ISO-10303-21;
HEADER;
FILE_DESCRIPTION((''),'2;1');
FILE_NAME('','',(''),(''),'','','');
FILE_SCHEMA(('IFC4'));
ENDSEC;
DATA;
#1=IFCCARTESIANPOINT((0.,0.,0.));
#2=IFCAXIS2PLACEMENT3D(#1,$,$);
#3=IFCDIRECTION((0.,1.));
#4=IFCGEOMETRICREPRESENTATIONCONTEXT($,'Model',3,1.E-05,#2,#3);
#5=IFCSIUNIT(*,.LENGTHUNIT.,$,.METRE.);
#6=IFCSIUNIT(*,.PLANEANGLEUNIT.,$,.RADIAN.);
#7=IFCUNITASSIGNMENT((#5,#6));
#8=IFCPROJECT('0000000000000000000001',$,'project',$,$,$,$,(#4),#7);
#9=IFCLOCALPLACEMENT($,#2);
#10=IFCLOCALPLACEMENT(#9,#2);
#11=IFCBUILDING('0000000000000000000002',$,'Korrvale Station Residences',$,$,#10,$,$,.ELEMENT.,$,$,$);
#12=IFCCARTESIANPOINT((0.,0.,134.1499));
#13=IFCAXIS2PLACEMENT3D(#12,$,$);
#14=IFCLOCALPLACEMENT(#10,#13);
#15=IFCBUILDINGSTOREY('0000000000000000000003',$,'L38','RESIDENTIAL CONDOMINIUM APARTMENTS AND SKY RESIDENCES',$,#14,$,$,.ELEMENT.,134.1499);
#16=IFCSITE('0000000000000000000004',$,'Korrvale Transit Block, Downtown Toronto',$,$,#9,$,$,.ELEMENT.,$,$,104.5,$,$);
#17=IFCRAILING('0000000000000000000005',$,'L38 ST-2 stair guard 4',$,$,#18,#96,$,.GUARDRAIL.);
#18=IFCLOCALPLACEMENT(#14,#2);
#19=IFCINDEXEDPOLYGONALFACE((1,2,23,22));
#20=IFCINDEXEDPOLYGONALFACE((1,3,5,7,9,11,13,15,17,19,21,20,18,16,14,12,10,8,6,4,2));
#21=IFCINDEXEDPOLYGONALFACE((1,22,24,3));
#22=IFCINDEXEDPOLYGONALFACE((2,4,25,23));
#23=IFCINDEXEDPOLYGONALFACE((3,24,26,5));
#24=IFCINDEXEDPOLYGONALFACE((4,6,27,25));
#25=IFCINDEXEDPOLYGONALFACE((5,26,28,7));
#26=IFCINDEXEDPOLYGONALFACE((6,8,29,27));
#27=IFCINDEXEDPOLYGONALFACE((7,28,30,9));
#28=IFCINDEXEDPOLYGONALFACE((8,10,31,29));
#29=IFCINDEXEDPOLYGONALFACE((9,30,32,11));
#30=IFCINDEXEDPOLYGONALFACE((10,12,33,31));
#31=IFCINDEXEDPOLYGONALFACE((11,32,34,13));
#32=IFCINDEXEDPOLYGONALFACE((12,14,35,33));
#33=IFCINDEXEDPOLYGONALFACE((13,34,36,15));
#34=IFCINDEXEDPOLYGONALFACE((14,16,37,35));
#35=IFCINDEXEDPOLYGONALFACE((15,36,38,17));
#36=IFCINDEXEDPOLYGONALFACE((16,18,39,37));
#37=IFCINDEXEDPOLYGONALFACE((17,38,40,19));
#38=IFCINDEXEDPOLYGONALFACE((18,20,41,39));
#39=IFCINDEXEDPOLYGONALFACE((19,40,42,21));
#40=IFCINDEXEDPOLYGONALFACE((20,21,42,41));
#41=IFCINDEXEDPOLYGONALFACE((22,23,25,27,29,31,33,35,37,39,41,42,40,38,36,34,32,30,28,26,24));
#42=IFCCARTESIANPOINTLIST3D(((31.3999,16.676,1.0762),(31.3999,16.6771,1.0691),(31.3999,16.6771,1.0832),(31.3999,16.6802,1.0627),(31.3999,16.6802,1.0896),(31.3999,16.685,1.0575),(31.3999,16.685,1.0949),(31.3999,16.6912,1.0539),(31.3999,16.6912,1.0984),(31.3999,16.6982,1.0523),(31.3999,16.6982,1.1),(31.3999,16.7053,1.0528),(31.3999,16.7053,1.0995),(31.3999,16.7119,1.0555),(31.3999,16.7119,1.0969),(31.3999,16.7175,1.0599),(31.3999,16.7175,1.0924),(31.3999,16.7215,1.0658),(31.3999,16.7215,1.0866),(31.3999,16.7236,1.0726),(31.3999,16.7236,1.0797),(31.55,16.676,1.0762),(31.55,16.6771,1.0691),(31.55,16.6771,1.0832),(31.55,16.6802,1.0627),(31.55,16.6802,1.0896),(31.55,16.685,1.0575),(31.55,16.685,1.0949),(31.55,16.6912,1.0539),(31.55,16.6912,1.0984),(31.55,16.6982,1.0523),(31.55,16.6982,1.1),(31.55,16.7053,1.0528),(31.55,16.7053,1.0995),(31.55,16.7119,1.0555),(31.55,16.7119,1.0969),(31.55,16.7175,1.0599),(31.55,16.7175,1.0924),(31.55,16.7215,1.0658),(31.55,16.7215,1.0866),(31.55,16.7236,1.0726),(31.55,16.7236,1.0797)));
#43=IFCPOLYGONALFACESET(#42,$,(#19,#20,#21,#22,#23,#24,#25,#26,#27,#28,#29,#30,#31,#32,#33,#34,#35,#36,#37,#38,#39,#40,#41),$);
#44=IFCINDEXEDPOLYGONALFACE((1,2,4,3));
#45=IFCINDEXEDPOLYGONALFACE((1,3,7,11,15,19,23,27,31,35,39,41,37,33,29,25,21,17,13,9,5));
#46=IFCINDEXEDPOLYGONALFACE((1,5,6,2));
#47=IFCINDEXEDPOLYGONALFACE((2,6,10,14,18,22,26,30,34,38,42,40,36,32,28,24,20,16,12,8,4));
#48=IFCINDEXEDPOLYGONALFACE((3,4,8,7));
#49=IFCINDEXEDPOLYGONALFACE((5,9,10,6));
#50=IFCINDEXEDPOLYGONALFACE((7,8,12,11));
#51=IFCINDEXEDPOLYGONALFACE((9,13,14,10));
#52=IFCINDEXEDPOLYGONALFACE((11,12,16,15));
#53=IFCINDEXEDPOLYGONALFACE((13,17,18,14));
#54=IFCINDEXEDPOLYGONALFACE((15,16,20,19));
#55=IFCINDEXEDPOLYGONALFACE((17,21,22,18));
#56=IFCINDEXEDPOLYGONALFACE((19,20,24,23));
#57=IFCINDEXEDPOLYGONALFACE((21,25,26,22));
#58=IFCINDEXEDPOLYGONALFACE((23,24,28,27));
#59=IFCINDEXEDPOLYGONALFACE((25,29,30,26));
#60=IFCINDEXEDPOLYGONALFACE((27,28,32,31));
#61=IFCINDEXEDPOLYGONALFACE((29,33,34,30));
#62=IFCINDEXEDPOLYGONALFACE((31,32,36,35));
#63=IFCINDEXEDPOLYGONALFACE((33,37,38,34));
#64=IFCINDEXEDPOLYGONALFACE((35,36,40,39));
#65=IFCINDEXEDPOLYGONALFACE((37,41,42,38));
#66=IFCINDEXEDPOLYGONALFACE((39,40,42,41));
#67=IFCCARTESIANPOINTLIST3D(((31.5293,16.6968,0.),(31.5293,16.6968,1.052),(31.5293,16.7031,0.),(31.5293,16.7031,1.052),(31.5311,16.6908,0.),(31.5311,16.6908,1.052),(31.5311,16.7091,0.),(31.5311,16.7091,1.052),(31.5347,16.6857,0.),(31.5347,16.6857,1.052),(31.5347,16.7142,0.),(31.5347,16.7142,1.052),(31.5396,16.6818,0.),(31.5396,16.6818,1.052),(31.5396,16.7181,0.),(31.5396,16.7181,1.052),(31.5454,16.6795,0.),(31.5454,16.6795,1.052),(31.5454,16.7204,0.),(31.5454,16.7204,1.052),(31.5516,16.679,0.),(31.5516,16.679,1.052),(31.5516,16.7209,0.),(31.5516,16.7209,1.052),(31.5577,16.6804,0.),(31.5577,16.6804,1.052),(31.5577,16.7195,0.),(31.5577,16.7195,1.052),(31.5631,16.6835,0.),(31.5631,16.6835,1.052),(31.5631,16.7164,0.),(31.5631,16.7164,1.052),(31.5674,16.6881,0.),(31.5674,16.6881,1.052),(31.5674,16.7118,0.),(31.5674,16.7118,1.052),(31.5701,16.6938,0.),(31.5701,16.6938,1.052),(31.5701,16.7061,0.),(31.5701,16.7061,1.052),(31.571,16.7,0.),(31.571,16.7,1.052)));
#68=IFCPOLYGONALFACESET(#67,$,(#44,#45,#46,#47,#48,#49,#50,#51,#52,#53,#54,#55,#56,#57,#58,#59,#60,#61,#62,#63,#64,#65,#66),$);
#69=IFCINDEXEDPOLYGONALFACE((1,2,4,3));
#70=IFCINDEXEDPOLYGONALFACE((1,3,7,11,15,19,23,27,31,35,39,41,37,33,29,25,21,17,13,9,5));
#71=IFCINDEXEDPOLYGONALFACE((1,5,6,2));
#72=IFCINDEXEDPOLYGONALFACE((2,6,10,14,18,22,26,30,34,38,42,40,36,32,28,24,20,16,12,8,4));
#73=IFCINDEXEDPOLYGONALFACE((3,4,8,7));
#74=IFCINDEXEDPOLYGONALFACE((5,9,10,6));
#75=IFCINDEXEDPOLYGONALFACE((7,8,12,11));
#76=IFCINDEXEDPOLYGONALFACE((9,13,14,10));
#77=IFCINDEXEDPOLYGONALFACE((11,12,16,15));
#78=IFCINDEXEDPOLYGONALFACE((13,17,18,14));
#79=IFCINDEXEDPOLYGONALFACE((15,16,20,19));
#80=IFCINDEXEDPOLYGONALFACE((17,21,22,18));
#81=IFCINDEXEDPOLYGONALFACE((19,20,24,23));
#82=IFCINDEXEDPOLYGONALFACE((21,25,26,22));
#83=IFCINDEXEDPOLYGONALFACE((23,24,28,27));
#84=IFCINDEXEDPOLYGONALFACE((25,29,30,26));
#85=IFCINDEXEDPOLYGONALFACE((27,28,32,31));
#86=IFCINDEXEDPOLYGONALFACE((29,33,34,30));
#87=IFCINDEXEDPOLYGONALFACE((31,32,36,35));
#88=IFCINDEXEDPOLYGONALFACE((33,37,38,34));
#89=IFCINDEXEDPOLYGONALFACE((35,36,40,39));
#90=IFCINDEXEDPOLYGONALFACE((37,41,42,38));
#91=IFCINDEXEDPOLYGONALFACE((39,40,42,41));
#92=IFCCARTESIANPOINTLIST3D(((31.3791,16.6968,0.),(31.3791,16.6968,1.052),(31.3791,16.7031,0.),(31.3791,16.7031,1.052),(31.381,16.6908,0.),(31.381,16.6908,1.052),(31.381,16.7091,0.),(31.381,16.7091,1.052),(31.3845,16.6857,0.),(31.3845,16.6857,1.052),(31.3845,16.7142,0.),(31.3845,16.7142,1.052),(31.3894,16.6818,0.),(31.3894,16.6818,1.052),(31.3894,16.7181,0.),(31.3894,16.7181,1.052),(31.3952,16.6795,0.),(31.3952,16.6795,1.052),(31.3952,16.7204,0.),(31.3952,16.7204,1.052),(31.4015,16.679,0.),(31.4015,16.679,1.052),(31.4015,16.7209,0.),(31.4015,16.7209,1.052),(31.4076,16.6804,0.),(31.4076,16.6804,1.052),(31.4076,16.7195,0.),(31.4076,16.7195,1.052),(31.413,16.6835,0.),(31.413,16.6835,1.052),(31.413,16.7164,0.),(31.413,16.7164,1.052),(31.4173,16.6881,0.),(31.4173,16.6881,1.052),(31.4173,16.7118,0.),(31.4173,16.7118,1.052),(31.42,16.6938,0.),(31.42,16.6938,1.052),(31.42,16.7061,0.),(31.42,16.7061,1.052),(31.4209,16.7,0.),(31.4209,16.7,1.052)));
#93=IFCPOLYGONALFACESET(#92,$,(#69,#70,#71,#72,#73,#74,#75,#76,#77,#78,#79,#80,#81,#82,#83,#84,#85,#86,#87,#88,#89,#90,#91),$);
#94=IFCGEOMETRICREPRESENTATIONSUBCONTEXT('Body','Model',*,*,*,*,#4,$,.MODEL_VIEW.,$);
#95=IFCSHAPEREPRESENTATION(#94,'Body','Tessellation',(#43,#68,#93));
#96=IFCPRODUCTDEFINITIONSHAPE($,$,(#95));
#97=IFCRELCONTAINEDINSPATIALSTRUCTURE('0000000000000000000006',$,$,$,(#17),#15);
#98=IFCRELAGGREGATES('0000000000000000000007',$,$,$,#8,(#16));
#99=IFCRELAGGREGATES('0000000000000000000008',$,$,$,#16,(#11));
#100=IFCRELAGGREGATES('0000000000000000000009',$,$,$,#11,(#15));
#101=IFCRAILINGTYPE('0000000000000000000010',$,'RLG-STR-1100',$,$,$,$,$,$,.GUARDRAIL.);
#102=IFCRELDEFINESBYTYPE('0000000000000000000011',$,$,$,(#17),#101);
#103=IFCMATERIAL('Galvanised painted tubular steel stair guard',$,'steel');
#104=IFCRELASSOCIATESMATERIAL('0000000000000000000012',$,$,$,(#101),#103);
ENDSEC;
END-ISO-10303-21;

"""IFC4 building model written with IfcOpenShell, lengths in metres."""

from ifc_helpers import new_model, si_unit, direction, frame, origin, origin_2d, place, context, subcontext, project, spatial, circle, extrude, material, type_object, element, save


model = new_model("IFC4")

# Units and contexts
model_context = context("Model", 3, precision=1e-05, world=origin(), true_north=direction((0.0, 1.0)))
body_context = subcontext(model_context, "Body", "Model", "MODEL_VIEW")
ifc_project = project(units=[si_unit("LENGTHUNIT", "METRE"), si_unit("PLANEANGLEUNIT", "RADIAN")], contexts=[model_context])

# Site, building, storey
site_placement = place(None, origin())
site = spatial("IfcSite", under=ifc_project, at=site_placement, Name="Korrvale Transit Block, Downtown Toronto", CompositionType="ELEMENT", RefElevation=104.5)
building_placement = place(site_placement, origin())
building = spatial("IfcBuilding", under=site, at=building_placement, Name="Korrvale Station Residences", CompositionType="ELEMENT")
storey_placement = place(building_placement, frame((0.0, 0.0, 134.1499)))
storey = spatial("IfcBuildingStorey", under=building, at=storey_placement, Name="L38", Description="RESIDENTIAL CONDOMINIUM APARTMENTS AND SKY RESIDENCES", CompositionType="ELEMENT", Elevation=134.1499)

# Railing
ifc_material_1 = material(Name="Galvanised painted tubular steel stair guard", Category="steel")
railing_type_1 = type_object("IfcRailingType", Name="RLG-STR-1100", PredefinedType="GUARDRAIL", material=ifc_material_1)
railing_1_placement = place(storey_placement, frame((31.55, 16.7, 0.0)))
element("IfcRailing", 1, at=railing_1_placement, inside=storey, type_object=railing_type_1, Name="L38 ST-2 stair guard 4", PredefinedType="GUARDRAIL", context=body_context, shape_type="SweptSolid", body=[
    extrude(circle(Radius=0.0239, at=origin_2d()), frame((0.0, 0.0, 1.0762), z_axis=(-1.0, 0.0, 0.0), x_axis=(0.0, -1.0, 0.0)), (0.0, 0.0, 1.0), 0.1501),
    extrude(circle(Radius=0.021, at=origin_2d()), origin(), (0.0, 0.0, 1.0), 1.052),
    extrude(circle(Radius=0.021, at=origin_2d()), frame((-0.1501, 0.0, 0.0)), (0.0, 0.0, 1.0), 1.052),
])

save(model, "model.ifc")
